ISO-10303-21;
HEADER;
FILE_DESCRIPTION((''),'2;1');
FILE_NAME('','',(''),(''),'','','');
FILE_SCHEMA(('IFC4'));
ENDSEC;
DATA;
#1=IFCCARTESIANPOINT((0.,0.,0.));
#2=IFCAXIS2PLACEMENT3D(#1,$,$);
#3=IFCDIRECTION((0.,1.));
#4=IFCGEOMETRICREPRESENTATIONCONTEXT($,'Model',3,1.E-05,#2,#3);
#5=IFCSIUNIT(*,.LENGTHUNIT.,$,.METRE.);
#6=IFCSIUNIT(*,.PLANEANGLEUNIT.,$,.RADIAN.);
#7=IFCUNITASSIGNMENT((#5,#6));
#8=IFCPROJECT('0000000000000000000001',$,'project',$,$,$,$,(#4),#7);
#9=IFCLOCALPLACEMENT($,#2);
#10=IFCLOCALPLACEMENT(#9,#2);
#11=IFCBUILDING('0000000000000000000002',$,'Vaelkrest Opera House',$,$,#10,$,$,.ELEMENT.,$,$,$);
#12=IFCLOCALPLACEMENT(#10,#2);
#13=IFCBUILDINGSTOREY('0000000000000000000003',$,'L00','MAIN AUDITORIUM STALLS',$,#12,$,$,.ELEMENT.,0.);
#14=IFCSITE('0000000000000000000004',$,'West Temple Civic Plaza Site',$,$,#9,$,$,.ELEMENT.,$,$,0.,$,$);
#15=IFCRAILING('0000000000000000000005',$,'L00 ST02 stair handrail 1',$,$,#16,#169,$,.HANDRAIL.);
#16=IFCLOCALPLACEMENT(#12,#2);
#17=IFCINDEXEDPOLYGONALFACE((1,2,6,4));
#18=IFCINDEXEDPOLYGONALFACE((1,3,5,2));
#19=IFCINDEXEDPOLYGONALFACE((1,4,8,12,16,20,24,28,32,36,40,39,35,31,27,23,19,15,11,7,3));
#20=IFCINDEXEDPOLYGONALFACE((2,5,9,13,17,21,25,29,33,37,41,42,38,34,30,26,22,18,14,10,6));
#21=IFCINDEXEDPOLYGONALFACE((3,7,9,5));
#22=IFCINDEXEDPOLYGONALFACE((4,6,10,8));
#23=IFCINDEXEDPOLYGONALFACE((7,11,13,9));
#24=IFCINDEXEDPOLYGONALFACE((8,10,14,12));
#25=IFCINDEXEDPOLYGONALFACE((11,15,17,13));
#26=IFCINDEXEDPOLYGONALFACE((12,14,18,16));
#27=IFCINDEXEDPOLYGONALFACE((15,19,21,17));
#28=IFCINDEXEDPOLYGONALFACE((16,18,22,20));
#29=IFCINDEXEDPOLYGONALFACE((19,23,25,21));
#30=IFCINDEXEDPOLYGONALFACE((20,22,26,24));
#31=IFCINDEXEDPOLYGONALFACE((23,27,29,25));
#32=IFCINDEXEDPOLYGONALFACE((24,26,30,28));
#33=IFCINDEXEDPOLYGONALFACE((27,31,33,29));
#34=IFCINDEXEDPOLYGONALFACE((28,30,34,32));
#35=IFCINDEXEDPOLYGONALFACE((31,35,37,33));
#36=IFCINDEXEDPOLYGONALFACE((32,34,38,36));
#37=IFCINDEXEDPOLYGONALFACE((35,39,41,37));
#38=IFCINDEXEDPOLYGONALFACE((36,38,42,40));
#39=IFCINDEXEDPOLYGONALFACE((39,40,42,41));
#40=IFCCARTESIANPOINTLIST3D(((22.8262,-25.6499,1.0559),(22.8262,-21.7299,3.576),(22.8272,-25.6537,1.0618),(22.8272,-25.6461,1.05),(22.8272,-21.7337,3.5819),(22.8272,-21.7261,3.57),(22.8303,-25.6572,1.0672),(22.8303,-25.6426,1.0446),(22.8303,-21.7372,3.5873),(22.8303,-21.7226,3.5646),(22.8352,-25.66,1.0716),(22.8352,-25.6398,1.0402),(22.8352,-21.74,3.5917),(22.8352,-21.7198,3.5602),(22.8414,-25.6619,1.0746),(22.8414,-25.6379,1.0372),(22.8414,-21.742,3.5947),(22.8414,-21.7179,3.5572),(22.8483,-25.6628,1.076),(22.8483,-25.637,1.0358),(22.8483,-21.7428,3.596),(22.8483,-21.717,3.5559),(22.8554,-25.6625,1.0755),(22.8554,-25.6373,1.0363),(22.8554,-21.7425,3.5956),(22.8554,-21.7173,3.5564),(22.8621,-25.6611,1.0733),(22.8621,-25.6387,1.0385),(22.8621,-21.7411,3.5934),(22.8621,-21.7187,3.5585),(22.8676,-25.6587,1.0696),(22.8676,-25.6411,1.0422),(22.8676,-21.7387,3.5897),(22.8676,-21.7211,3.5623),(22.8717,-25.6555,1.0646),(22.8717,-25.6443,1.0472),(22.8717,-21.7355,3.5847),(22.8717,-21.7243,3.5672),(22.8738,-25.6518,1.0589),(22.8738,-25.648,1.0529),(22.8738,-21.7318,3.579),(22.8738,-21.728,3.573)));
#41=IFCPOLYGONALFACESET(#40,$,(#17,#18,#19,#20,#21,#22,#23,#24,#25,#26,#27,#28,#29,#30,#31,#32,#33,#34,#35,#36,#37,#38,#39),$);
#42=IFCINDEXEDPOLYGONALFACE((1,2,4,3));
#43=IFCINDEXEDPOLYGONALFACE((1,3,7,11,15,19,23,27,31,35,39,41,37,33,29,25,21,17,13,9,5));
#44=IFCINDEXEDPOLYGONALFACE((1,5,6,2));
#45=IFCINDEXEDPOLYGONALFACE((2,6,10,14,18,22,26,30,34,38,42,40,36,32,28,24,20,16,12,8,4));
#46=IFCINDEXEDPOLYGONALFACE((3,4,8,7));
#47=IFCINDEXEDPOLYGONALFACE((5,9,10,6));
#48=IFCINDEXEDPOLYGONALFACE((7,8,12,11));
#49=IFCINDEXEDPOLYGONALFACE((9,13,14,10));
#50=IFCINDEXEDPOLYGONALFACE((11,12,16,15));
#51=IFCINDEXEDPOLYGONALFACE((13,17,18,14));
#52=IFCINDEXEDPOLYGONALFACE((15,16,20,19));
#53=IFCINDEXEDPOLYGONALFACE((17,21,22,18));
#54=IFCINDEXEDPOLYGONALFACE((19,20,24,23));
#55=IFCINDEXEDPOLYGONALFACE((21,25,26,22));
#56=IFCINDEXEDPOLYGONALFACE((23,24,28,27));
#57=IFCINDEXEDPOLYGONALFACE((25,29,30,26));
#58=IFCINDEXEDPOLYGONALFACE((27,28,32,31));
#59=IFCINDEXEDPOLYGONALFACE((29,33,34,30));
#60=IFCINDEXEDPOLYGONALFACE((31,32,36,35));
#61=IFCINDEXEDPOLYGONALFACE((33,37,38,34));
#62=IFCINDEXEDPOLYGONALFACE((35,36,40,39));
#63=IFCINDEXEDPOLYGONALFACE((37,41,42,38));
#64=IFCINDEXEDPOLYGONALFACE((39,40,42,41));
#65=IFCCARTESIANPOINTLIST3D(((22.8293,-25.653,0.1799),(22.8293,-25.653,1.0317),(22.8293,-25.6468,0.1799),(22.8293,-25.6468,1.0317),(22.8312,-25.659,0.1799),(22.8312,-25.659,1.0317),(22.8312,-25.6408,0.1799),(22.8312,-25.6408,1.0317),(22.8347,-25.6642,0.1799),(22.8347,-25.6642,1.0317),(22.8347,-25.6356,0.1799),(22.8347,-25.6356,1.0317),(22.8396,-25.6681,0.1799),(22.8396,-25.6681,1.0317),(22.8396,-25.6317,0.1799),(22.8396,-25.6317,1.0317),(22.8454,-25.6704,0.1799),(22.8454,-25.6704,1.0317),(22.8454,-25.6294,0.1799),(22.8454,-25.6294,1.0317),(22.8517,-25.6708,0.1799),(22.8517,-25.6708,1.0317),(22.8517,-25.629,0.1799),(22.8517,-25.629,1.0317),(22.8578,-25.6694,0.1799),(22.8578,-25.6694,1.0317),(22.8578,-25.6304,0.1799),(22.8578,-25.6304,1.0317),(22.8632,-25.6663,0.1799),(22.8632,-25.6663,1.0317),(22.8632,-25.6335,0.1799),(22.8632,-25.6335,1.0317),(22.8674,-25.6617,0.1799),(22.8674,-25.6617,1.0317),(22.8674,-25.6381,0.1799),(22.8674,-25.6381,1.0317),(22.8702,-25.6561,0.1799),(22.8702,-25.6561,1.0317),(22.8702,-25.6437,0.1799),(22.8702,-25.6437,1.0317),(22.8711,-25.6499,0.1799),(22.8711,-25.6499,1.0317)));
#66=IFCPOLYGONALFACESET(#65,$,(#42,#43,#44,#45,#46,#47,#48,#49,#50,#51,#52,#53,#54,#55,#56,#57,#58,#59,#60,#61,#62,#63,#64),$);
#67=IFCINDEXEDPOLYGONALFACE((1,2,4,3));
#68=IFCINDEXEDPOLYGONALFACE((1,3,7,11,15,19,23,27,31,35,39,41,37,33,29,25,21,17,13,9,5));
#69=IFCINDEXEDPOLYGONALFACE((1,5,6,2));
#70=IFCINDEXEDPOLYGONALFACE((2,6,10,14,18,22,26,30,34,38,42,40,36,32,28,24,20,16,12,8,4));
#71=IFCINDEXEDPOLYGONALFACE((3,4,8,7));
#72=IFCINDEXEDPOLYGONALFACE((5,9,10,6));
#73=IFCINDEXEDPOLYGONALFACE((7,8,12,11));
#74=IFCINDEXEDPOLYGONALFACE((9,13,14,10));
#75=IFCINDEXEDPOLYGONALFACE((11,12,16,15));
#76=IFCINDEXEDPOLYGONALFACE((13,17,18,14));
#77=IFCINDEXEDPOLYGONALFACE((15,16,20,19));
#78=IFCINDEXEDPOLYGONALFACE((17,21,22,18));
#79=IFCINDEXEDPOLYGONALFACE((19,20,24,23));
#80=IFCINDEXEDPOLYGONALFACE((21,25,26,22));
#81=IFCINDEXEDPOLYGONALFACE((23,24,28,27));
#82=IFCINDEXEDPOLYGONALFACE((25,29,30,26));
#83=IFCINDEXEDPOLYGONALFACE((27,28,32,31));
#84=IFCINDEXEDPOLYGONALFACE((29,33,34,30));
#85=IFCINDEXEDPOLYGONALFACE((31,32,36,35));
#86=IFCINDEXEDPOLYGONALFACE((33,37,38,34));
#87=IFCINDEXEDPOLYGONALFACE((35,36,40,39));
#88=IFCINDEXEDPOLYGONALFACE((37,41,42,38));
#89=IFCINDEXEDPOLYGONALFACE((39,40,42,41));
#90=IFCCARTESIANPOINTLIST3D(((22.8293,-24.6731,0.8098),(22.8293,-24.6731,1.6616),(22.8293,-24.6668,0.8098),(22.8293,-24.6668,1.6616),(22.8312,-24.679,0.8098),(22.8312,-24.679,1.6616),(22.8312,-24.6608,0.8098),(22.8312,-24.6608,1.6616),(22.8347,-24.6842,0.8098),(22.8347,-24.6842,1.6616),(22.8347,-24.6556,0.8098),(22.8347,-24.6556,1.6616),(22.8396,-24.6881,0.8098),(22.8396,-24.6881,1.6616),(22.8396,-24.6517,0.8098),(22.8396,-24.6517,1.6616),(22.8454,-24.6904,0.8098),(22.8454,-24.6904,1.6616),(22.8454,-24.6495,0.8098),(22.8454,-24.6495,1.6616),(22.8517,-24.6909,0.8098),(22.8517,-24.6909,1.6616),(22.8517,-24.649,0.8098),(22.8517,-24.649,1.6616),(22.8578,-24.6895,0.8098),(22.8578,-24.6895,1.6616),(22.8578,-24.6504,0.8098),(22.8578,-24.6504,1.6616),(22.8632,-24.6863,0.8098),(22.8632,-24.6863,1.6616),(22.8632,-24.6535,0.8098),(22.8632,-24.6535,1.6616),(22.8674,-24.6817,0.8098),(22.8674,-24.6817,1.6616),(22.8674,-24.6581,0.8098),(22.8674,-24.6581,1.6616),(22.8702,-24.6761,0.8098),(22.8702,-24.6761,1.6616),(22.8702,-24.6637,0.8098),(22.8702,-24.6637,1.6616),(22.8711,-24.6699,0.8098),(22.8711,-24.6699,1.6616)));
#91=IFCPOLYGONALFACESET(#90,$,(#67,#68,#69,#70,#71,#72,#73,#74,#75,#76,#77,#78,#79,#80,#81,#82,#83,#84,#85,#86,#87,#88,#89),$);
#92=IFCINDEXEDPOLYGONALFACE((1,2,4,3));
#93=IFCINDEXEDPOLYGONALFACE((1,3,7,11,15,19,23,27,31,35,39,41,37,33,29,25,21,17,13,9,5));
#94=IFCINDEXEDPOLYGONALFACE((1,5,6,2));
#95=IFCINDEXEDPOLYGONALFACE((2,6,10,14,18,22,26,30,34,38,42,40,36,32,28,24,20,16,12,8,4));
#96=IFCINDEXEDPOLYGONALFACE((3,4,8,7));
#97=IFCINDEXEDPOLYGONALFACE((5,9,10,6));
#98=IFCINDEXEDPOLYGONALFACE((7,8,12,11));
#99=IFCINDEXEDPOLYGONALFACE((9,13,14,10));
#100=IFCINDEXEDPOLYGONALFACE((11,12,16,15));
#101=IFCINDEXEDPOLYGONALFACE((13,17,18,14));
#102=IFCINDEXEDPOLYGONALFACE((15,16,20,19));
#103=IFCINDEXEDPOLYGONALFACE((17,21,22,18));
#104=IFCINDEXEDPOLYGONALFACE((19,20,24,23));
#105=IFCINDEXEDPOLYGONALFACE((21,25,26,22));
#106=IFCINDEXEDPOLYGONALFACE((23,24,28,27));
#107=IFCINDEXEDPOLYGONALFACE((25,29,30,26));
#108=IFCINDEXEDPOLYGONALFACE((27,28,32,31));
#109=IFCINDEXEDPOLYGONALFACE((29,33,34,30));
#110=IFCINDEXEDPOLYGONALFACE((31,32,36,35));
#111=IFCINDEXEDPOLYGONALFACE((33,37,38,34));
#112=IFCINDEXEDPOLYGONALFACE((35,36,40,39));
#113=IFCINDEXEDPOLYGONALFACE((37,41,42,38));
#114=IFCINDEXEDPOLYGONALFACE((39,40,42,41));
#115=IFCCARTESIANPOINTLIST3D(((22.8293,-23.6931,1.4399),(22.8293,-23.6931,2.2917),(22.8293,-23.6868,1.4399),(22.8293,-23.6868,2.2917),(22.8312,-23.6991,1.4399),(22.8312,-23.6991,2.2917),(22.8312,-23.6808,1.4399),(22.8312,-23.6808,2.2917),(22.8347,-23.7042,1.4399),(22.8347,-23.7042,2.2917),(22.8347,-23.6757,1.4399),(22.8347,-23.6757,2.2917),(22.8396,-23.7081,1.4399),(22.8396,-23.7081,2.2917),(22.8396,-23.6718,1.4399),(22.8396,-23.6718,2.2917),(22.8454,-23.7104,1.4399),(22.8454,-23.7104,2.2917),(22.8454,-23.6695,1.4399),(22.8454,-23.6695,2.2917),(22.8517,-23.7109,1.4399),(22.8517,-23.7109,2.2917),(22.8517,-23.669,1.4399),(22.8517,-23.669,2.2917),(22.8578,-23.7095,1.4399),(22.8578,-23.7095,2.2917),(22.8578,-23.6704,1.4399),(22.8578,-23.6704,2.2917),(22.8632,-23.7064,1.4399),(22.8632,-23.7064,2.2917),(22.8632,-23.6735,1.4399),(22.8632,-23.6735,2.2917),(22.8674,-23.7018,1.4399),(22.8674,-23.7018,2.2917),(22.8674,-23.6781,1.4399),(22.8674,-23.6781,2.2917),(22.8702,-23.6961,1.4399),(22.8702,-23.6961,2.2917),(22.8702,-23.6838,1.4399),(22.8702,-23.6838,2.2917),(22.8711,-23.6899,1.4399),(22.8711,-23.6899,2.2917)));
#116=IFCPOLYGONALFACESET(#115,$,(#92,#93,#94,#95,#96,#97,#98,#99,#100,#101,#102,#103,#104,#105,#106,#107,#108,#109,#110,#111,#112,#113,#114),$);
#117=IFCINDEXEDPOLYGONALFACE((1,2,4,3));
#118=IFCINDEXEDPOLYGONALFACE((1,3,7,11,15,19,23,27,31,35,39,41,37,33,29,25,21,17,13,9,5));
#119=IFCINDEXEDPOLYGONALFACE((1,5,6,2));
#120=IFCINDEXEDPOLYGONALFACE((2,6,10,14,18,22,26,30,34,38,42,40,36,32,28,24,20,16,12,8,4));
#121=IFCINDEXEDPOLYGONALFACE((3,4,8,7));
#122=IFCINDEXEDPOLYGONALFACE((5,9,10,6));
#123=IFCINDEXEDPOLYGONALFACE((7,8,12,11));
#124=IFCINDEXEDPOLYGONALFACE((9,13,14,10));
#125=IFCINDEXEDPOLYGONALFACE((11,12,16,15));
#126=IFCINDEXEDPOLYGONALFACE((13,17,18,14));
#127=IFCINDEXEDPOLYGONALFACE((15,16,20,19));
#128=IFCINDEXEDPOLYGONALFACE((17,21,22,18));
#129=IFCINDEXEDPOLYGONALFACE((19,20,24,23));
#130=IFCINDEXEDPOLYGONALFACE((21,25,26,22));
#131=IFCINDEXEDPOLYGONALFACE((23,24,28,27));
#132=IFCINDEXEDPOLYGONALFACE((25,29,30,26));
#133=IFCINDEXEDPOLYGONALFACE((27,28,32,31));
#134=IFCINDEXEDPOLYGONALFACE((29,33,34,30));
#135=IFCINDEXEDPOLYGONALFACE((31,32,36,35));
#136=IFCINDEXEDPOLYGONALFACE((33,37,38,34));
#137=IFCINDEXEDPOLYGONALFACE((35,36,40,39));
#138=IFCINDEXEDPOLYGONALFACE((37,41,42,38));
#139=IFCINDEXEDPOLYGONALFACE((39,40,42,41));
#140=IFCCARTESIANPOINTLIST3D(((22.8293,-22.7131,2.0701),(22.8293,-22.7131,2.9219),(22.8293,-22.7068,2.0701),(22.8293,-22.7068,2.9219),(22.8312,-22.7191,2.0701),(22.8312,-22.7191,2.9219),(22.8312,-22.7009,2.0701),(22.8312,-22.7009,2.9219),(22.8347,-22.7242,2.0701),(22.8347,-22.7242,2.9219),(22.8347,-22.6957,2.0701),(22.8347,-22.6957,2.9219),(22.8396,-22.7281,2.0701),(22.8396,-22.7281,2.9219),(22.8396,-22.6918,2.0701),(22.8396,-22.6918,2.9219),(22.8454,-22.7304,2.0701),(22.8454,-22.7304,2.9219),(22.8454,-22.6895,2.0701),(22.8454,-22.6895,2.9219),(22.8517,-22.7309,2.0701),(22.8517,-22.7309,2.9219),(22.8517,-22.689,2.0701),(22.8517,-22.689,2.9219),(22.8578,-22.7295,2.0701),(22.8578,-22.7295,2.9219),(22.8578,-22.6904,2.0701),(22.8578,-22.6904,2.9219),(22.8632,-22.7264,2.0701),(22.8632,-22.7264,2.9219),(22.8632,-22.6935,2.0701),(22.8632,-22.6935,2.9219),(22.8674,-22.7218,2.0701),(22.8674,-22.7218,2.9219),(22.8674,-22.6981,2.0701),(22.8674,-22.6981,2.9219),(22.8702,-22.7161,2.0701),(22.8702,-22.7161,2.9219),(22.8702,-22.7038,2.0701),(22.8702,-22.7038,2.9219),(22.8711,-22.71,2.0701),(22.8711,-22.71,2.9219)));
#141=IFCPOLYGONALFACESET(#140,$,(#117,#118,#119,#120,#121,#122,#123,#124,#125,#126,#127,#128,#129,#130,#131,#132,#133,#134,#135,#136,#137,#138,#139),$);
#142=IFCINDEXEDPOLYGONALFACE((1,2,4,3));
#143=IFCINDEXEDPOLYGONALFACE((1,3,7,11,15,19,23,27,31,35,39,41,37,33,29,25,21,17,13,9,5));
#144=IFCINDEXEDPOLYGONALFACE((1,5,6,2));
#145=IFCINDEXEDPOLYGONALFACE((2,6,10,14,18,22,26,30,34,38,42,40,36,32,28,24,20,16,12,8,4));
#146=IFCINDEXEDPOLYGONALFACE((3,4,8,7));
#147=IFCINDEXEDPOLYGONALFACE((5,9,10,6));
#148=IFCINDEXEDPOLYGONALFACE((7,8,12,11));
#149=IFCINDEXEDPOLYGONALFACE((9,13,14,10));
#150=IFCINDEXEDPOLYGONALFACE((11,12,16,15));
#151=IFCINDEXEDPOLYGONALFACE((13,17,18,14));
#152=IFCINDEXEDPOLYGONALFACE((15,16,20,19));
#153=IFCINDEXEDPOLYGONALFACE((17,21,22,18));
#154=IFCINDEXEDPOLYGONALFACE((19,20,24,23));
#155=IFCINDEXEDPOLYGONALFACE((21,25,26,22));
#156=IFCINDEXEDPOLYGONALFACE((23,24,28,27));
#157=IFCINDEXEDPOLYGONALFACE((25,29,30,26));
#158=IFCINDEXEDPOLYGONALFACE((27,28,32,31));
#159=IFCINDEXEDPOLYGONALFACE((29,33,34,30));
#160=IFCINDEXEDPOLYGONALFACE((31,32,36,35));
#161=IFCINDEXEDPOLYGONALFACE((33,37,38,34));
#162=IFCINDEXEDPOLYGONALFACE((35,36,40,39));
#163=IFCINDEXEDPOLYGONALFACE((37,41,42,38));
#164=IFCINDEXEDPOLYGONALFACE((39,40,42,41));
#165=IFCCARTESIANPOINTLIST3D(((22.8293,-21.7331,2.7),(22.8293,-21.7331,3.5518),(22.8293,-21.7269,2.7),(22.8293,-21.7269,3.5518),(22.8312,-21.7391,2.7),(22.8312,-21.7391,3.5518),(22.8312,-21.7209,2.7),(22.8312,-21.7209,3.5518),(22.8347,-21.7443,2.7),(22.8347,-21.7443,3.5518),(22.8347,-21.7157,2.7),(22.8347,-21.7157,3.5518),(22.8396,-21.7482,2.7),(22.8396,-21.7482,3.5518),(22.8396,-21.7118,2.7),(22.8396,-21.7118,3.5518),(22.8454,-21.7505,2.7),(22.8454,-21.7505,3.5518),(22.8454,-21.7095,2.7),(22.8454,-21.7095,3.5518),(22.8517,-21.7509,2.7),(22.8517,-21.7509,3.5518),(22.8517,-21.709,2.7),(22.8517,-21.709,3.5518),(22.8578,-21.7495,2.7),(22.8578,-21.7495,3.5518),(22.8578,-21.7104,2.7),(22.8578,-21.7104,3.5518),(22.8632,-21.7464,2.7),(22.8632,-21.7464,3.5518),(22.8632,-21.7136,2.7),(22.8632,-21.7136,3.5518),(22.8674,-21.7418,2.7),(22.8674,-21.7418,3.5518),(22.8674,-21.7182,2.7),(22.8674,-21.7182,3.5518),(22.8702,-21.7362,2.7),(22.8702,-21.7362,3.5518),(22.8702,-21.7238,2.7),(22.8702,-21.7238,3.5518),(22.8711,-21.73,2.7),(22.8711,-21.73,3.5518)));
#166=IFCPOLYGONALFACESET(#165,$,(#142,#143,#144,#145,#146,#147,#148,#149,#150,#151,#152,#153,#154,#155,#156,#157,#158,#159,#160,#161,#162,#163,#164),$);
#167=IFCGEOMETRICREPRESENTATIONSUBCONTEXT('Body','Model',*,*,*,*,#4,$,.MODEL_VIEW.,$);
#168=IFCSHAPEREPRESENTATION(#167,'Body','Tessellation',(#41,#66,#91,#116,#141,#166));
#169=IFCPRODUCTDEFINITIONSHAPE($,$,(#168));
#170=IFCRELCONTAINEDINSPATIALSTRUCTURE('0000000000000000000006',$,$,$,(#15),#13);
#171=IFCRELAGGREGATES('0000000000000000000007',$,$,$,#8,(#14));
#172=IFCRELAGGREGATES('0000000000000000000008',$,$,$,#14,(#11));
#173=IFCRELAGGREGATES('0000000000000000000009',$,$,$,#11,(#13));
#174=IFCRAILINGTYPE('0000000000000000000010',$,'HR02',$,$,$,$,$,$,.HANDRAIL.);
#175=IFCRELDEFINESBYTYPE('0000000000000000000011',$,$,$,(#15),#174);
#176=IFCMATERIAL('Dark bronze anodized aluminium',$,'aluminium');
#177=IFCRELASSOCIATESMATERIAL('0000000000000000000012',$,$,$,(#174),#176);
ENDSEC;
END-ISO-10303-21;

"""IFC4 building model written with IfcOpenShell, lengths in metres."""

from ifc_helpers import new_model, si_unit, direction, frame, origin, origin_2d, place, context, subcontext, project, spatial, circle, extrude, material, type_object, element, save


model = new_model("IFC4")

# Units and contexts
model_context = context("Model", 3, precision=1e-05, world=origin(), true_north=direction((0.0, 1.0)))
body_context = subcontext(model_context, "Body", "Model", "MODEL_VIEW")
ifc_project = project(units=[si_unit("LENGTHUNIT", "METRE"), si_unit("PLANEANGLEUNIT", "RADIAN")], contexts=[model_context])

# Site, building, storey
site_placement = place(None, origin())
site = spatial("IfcSite", under=ifc_project, at=site_placement, Name="West Temple Civic Plaza Site", CompositionType="ELEMENT", RefElevation=0.0)
building_placement = place(site_placement, origin())
building = spatial("IfcBuilding", under=site, at=building_placement, Name="Vaelkrest Opera House", CompositionType="ELEMENT")
storey_placement = place(building_placement, origin())
storey = spatial("IfcBuildingStorey", under=building, at=storey_placement, Name="L00", Description="MAIN AUDITORIUM STALLS", CompositionType="ELEMENT", Elevation=0.0)

# Railing
ifc_material_1 = material(Name="Dark bronze anodized aluminium", Category="aluminium")
railing_type_1 = type_object("IfcRailingType", Name="HR02", PredefinedType="HANDRAIL", material=ifc_material_1)
railing_1_placement = place(storey_placement, frame((22.8501, -25.6499, 0.1799)))
element("IfcRailing", 1, at=railing_1_placement, inside=storey, type_object=railing_type_1, Name="L00 ST02 stair handrail 1", PredefinedType="HANDRAIL", context=body_context, shape_type="SweptSolid", body=[
    extrude(circle(Radius=0.0239, at=origin_2d()), frame((0.0, 0.0, 0.876), z_axis=(0.0, 0.841172, 0.540768), x_axis=(-1.0, 0.0, 0.0)), (0.0, 0.0, 1.0), 4.6602),
    extrude(circle(Radius=0.021, at=origin_2d()), origin(), (0.0, 0.0, 1.0), 0.8518),
    extrude(circle(Radius=0.021, at=origin_2d()), frame((0.0, 0.98, 0.6299)), (0.0, 0.0, 1.0), 0.8518),
    extrude(circle(Radius=0.021, at=origin_2d()), frame((0.0, 1.96, 1.26)), (0.0, 0.0, 1.0), 0.8518),
    extrude(circle(Radius=0.021, at=origin_2d()), frame((0.0, 2.9399, 1.8901)), (0.0, 0.0, 1.0), 0.8518),
    extrude(circle(Radius=0.021, at=origin_2d()), frame((0.0, 3.9199, 2.52)), (0.0, 0.0, 1.0), 0.8518),
])

save(model, "model.ifc")
